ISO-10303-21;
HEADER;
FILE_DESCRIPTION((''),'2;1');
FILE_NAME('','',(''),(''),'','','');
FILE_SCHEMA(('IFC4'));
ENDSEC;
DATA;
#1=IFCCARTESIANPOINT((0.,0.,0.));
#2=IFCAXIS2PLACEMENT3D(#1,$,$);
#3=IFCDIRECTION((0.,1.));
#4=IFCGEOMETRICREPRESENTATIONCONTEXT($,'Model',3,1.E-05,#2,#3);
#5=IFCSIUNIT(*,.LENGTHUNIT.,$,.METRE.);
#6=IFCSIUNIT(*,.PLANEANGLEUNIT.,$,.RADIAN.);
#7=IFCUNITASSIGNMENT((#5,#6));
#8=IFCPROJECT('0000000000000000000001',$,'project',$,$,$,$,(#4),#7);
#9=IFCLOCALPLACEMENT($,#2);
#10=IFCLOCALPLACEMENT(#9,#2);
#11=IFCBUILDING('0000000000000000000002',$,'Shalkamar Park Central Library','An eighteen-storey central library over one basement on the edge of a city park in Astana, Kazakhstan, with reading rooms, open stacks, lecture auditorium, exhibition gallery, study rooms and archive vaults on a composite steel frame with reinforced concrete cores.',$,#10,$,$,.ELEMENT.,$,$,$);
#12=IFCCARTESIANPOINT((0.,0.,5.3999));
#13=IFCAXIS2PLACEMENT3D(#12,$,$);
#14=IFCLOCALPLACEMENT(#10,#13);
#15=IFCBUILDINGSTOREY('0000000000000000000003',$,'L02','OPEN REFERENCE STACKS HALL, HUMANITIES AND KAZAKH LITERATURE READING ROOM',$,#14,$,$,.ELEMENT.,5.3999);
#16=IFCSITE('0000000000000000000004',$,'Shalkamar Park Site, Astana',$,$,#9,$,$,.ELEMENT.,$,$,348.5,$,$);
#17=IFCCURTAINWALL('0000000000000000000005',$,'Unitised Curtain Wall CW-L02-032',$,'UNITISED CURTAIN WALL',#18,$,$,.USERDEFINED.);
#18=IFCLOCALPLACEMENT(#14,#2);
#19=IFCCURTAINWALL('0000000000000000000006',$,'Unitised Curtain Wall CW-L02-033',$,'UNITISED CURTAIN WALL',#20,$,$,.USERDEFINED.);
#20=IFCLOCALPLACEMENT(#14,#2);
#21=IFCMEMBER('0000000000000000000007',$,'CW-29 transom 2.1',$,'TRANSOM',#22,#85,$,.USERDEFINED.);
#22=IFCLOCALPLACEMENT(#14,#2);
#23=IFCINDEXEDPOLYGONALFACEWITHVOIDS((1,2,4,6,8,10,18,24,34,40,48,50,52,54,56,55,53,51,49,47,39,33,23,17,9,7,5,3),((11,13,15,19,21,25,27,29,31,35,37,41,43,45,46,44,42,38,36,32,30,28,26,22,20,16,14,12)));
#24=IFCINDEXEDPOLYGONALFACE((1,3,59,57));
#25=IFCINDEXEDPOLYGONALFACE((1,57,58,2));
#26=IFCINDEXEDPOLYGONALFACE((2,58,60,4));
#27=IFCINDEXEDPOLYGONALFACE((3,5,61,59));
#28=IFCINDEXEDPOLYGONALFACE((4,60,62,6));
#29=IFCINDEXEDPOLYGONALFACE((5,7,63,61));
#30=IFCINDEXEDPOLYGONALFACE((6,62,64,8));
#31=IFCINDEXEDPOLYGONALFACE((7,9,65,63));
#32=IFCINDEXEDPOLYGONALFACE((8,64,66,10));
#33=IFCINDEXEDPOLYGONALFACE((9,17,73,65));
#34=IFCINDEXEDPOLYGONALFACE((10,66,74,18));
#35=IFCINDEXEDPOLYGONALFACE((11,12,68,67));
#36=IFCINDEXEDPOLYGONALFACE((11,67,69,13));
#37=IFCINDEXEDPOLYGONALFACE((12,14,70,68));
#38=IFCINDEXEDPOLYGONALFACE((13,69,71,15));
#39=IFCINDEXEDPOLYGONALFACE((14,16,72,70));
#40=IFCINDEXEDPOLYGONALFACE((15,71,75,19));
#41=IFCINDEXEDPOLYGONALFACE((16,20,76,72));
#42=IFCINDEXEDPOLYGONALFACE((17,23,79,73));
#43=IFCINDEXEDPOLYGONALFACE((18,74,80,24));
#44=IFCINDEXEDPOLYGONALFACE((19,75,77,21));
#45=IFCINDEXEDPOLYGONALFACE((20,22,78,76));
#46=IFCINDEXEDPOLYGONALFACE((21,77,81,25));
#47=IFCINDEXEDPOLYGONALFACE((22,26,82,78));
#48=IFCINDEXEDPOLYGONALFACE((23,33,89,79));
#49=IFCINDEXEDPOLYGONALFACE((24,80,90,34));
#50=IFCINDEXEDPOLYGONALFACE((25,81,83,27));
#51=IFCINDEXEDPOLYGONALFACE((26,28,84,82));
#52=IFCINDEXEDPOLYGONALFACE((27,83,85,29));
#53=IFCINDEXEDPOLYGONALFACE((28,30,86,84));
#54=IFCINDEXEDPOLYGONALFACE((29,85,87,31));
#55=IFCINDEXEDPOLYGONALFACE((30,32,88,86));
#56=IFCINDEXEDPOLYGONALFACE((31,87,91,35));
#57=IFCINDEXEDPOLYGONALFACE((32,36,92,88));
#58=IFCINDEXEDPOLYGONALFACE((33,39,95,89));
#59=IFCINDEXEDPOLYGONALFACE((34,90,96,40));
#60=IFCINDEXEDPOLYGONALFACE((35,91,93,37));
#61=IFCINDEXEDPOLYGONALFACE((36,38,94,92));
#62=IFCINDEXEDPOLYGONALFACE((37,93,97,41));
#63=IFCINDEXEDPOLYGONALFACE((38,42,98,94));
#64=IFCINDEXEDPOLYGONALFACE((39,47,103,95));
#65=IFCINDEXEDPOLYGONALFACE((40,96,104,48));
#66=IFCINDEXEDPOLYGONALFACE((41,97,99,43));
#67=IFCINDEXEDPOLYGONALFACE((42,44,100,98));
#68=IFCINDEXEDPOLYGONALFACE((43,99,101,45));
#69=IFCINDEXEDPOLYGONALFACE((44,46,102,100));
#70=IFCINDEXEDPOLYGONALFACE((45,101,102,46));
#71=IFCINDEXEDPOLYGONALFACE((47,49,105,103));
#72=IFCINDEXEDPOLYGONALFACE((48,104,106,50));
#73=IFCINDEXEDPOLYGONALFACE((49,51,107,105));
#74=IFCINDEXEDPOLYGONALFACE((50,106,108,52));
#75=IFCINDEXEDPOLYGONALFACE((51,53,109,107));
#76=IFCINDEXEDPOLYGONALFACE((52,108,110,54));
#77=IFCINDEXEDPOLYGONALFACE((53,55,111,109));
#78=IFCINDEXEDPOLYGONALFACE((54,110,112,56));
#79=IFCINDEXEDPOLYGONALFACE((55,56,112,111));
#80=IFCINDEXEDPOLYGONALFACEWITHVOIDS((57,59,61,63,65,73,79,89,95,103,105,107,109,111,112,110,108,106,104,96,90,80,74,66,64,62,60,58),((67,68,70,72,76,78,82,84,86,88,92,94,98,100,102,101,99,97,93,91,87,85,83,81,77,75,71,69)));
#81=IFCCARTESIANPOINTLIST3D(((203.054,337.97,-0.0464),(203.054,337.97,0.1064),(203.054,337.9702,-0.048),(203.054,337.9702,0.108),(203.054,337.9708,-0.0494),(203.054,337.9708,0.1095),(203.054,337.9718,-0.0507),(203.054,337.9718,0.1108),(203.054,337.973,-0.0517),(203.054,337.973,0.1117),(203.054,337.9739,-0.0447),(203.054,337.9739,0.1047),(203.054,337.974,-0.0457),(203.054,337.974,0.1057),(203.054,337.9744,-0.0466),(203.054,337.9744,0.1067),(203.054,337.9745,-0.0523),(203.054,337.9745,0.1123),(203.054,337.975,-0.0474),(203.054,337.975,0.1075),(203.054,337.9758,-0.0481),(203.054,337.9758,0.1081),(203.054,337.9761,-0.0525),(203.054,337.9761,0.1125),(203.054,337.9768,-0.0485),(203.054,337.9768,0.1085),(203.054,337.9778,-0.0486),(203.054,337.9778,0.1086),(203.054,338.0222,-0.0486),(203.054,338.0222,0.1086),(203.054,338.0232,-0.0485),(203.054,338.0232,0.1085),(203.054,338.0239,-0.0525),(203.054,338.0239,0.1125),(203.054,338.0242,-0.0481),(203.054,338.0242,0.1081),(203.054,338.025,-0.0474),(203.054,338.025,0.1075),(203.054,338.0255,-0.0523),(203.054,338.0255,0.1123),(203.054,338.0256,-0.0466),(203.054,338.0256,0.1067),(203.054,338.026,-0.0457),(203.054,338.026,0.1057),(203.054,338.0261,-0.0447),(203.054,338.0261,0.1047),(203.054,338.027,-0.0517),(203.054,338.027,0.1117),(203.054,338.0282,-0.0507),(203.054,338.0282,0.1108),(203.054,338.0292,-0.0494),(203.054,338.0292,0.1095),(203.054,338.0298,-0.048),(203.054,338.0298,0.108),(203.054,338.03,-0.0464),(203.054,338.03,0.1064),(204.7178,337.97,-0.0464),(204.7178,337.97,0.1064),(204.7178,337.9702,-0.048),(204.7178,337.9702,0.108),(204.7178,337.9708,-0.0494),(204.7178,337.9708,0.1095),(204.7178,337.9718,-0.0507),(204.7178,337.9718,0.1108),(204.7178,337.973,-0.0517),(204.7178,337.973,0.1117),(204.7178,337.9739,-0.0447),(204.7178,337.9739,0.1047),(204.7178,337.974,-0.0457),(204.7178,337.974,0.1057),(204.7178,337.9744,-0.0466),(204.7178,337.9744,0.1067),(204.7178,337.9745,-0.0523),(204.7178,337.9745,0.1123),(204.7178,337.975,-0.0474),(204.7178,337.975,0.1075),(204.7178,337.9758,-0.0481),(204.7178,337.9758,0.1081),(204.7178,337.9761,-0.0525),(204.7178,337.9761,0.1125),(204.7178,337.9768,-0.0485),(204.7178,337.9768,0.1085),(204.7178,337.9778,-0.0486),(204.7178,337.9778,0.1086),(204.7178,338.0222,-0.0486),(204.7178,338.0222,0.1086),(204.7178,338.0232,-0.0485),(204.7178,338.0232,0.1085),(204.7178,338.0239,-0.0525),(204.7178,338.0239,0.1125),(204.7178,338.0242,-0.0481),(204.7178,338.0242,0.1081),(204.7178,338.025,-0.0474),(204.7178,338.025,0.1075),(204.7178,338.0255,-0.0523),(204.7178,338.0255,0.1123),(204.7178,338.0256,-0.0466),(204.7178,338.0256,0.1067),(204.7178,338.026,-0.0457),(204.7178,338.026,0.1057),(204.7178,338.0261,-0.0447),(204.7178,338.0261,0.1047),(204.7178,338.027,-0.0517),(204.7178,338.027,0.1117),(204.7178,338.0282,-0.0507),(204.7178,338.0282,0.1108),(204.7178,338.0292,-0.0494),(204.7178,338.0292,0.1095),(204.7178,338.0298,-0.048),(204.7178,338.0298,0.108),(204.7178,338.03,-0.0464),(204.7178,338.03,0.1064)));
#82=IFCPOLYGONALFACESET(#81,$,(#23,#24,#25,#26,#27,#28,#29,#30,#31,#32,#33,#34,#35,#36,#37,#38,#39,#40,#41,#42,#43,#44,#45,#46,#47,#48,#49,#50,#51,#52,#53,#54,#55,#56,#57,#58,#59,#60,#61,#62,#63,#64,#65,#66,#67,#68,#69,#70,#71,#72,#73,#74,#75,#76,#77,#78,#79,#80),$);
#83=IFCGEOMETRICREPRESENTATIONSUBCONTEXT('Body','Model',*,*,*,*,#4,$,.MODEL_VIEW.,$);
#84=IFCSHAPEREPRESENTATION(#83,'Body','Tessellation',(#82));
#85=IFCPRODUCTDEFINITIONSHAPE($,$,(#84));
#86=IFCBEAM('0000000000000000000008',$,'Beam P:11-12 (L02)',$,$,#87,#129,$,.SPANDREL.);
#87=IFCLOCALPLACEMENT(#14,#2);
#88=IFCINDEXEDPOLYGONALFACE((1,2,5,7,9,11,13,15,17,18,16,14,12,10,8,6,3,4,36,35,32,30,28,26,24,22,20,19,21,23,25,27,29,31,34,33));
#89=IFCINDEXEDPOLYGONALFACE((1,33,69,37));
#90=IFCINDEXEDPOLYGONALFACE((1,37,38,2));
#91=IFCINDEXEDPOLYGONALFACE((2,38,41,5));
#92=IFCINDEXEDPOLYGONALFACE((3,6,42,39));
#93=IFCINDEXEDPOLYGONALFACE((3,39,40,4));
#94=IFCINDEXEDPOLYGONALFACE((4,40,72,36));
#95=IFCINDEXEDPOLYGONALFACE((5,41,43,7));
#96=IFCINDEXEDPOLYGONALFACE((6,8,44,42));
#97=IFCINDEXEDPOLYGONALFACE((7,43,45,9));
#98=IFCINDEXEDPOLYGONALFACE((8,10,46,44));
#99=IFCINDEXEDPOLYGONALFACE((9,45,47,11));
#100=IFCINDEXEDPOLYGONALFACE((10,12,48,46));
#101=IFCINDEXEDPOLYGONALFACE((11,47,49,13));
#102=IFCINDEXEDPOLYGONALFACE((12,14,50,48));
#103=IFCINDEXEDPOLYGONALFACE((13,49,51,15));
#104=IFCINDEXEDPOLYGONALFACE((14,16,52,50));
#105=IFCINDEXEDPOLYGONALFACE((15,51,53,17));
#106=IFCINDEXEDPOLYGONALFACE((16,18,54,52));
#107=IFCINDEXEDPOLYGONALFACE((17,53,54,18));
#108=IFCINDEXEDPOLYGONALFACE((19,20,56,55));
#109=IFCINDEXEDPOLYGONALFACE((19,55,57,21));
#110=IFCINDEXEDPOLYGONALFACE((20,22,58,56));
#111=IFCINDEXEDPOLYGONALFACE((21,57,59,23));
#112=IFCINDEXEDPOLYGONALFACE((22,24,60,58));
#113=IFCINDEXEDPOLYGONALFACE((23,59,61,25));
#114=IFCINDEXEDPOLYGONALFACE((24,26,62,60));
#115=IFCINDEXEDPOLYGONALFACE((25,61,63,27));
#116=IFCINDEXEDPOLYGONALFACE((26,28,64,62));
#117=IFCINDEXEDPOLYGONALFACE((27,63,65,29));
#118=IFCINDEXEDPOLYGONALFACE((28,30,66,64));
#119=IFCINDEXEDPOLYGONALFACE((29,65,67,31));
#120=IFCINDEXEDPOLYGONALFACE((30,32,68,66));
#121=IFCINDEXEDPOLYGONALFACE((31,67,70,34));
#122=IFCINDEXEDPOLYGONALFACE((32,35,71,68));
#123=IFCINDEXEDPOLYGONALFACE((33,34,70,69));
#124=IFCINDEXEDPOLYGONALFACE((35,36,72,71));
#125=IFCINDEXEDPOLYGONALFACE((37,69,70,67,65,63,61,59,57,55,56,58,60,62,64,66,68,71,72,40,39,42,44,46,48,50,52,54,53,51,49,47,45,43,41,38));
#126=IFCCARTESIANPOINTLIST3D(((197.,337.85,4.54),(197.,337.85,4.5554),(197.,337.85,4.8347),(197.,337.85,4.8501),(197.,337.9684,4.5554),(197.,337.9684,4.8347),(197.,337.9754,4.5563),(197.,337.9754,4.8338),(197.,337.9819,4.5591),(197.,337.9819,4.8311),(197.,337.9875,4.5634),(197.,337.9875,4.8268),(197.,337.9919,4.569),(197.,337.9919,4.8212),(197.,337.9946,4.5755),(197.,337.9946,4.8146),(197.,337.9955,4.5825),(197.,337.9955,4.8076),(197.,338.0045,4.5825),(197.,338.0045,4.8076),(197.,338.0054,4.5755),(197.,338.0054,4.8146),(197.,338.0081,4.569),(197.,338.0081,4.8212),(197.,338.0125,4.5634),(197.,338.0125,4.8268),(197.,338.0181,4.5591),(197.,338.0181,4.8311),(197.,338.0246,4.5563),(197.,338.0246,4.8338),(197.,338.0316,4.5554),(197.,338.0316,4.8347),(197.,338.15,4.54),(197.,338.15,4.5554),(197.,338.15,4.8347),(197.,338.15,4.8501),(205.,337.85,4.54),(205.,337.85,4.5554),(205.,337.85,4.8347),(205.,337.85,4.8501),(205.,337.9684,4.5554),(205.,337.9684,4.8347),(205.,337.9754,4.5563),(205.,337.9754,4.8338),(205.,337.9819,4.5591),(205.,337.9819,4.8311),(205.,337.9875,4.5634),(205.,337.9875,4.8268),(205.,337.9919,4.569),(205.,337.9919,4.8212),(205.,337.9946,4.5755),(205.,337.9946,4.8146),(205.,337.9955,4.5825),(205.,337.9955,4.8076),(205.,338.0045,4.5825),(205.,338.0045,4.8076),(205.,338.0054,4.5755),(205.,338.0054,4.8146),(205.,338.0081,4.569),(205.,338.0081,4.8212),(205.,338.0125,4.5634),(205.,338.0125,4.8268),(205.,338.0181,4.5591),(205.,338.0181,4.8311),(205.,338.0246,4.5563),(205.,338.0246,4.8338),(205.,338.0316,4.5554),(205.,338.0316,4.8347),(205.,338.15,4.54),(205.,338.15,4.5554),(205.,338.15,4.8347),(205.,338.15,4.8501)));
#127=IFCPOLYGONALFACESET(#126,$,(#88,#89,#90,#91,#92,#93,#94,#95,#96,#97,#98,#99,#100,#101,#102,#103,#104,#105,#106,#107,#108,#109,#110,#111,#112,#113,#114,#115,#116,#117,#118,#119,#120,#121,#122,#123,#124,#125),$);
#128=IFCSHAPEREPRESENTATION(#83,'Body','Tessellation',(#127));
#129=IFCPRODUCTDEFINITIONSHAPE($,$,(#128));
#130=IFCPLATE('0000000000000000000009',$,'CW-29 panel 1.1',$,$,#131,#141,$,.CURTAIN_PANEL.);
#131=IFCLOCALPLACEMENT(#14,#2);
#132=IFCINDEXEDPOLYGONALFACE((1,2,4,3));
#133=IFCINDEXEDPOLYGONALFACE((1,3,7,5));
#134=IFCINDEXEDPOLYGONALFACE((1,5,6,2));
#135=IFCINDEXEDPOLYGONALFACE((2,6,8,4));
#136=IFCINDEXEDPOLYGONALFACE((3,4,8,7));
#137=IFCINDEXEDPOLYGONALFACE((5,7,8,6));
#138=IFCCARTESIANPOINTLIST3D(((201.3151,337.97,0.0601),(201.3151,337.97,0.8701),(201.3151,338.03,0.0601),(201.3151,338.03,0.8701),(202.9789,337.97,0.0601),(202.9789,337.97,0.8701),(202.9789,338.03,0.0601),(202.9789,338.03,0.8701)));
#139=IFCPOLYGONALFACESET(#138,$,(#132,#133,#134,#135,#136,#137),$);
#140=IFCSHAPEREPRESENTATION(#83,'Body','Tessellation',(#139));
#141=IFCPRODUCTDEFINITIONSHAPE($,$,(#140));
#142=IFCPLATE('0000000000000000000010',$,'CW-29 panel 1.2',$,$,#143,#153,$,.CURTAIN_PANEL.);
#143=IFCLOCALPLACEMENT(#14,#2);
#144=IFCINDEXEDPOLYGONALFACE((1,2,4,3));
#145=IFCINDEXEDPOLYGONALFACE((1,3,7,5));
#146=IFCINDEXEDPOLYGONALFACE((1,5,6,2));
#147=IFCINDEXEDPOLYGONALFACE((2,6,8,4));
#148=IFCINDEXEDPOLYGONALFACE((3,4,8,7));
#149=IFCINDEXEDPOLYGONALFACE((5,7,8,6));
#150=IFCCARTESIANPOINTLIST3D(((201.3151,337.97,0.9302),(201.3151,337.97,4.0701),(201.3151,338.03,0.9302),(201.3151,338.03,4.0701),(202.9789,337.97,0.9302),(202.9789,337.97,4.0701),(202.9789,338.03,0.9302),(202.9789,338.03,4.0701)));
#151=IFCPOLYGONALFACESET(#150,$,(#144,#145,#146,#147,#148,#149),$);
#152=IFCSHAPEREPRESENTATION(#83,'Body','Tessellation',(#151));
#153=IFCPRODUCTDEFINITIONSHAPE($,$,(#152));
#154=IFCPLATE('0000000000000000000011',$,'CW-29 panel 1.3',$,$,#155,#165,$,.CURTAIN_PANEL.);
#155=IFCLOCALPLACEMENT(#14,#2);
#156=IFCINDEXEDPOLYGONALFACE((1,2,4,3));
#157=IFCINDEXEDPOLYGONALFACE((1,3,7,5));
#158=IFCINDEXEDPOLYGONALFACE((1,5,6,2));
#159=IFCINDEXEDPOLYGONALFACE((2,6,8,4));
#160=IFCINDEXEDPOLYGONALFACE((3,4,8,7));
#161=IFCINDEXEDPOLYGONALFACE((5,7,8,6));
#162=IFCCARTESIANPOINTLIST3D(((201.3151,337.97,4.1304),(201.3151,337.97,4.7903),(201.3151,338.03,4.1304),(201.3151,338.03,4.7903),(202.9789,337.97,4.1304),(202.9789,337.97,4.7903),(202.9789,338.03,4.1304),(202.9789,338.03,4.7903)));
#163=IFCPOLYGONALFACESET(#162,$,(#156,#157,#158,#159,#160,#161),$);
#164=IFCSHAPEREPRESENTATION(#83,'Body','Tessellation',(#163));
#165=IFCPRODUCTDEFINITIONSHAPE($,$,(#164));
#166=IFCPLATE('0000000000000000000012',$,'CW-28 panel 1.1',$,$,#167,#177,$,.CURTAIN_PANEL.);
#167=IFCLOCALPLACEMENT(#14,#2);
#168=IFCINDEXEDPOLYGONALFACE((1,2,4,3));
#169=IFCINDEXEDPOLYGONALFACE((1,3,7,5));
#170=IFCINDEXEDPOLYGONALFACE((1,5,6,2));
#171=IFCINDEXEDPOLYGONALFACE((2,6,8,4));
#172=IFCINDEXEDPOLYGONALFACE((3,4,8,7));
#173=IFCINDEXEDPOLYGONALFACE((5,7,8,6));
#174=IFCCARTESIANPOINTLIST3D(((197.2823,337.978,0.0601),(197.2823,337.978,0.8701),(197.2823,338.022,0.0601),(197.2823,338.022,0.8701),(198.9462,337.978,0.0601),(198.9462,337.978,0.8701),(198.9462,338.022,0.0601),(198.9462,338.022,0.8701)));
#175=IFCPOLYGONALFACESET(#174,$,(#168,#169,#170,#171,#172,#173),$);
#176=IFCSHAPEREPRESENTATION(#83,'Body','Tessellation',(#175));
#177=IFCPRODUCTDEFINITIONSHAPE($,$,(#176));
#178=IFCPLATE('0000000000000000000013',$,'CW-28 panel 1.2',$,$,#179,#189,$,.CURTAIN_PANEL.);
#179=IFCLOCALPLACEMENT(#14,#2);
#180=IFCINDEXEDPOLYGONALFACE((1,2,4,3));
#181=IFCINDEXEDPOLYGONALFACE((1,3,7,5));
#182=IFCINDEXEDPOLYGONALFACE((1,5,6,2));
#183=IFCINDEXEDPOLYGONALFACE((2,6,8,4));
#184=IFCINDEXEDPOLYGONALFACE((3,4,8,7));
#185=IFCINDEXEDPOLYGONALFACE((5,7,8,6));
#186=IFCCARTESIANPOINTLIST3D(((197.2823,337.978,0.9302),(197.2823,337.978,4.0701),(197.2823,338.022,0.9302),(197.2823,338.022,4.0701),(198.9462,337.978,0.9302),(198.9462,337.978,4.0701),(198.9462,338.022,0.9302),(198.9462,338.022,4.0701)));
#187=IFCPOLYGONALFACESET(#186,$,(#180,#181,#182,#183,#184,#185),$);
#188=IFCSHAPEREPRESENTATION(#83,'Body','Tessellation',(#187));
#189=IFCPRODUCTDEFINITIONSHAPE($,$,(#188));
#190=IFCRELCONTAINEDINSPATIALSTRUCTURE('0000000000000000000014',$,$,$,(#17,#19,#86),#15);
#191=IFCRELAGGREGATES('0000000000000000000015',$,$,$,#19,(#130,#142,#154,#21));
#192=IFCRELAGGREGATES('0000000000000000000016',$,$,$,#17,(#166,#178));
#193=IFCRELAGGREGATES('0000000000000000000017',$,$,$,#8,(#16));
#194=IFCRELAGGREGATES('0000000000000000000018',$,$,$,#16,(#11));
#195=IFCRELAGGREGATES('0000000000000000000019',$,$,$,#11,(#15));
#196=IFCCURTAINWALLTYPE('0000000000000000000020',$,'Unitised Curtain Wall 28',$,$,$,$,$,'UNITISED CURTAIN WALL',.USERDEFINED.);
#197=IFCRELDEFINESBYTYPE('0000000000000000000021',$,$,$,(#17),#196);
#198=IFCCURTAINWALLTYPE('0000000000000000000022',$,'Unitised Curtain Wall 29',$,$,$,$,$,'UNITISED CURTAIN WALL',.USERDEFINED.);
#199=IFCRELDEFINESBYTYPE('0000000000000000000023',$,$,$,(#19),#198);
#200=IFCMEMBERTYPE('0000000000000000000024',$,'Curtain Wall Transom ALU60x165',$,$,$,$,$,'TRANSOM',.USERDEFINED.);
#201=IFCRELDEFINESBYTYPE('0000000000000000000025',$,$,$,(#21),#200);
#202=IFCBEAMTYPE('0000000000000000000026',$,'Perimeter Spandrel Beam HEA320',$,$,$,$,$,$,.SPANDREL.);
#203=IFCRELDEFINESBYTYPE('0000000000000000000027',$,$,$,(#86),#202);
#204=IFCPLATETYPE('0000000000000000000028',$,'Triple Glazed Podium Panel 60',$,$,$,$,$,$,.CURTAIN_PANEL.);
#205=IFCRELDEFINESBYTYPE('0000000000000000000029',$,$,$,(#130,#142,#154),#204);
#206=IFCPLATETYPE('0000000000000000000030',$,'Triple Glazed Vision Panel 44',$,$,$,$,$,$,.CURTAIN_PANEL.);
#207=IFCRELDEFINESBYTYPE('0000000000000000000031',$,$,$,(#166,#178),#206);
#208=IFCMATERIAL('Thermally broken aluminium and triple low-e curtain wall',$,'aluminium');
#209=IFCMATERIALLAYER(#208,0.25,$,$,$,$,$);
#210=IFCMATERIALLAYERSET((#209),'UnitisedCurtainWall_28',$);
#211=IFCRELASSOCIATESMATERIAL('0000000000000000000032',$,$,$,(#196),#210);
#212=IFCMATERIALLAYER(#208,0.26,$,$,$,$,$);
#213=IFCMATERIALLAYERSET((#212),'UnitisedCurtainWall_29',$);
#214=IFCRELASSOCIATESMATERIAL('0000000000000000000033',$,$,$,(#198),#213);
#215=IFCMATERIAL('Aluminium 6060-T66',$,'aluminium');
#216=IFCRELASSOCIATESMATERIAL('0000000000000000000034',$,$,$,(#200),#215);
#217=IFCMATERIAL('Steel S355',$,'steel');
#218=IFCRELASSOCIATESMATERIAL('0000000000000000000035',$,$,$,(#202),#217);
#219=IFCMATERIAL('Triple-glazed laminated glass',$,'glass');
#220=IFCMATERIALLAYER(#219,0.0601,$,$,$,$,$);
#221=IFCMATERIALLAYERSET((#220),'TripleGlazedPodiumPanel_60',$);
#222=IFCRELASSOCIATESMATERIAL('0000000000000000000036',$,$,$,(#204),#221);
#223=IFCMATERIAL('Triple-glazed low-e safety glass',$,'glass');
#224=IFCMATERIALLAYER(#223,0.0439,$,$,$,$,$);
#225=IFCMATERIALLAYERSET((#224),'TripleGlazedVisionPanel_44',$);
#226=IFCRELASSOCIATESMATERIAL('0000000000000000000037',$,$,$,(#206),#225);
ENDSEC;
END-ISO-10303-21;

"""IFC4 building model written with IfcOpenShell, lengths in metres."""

from ifc_helpers import new_model, si_unit, direction, frame, origin, origin_2d, place, context, subcontext, project, spatial, rectangle, hollow_rectangle, i_section, extrude, material, layer, layer_set, material_profile, profile_set, type_object, element, aggregate, save


model = new_model("IFC4")

# Units and contexts
model_context = context("Model", 3, precision=1e-05, world=origin(), true_north=direction((0.0, 1.0)))
body_context = subcontext(model_context, "Body", "Model", "MODEL_VIEW")
ifc_project = project(units=[si_unit("LENGTHUNIT", "METRE"), si_unit("PLANEANGLEUNIT", "RADIAN")], contexts=[model_context])

# Site, building, storey
site_placement = place(None, origin())
site = spatial("IfcSite", under=ifc_project, at=site_placement, Name="Shalkamar Park Site, Astana", CompositionType="ELEMENT", RefElevation=348.5)
building_placement = place(site_placement, origin())
building = spatial("IfcBuilding", under=site, at=building_placement, Name="Shalkamar Park Central Library", Description="An eighteen-storey central library over one basement on the edge of a city park in Astana, Kazakhstan, with reading rooms, open stacks, lecture auditorium, exhibition gallery, study rooms and archive vaults on a composite steel frame with reinforced concrete cores.", CompositionType="ELEMENT")
storey_placement = place(building_placement, frame((0.0, 0.0, 5.3999)))
storey = spatial("IfcBuildingStorey", under=building, at=storey_placement, Name="L02", Description="OPEN REFERENCE STACKS HALL, HUMANITIES AND KAZAKH LITERATURE READING ROOM", CompositionType="ELEMENT", Elevation=5.3999)

# Shared definitions
ifc_material_1 = material(Name="Steel S355", Category="steel")

# Curtain walls
ifc_material_2 = material(Name="Thermally broken aluminium and triple low-e curtain wall", Category="aluminium")
ifc_layer_1 = layer(ifc_material_2, 0.25)
ifc_layer_set_1 = layer_set([ifc_layer_1], Name="UnitisedCurtainWall_28")
curtain_wall_type_1 = type_object("IfcCurtainWallType", Name="Unitised Curtain Wall 28", ElementType="UNITISED CURTAIN WALL", PredefinedType="USERDEFINED", material=ifc_layer_set_1)
curtain_wall_1_placement = place(storey_placement, origin())
curtain_wall_1 = element("IfcCurtainWall", 1, at=curtain_wall_1_placement, inside=storey, type_object=curtain_wall_type_1, Name="Unitised Curtain Wall CW-L02-032", ObjectType="UNITISED CURTAIN WALL", PredefinedType="USERDEFINED")
ifc_material_3 = material(Name="Aluminium 6060-T66", Category="aluminium")
ifc_layer_2 = layer(ifc_material_2, 0.26)
ifc_layer_set_2 = layer_set([ifc_layer_2], Name="UnitisedCurtainWall_29")
curtain_wall_type_2 = type_object("IfcCurtainWallType", Name="Unitised Curtain Wall 29", ElementType="UNITISED CURTAIN WALL", PredefinedType="USERDEFINED", material=ifc_layer_set_2)
curtain_wall_2_placement = place(storey_placement, origin())
curtain_wall_2 = element("IfcCurtainWall", 2, at=curtain_wall_2_placement, inside=storey, type_object=curtain_wall_type_2, Name="Unitised Curtain Wall CW-L02-033", ObjectType="UNITISED CURTAIN WALL", PredefinedType="USERDEFINED")

# Member
ifc_material_profile_1 = material_profile(ifc_material_3, hollow_rectangle(XDim=0.0601, YDim=0.165, WallThickness=0.0039, InnerFilletRadius=0.0039, OuterFilletRadius=0.0061, at=origin_2d()), Name="ALU 60x165x4")
ifc_profile_set_1 = profile_set([ifc_material_profile_1], Name="Aluminium 6060-T66")
member_type_1 = type_object("IfcMemberType", Name="Curtain Wall Transom ALU60x165", ElementType="TRANSOM", PredefinedType="USERDEFINED", material=ifc_profile_set_1)
member_1_placement = place(storey_placement, frame((203.054, 338.0, 0.03), z_axis=(1.0, 0.0, 0.0), x_axis=(0.0, 1.0, 0.0)))
member_1 = element("IfcMember", 3, at=member_1_placement, type_object=member_type_1, Name="CW-29 transom 2.1", ObjectType="TRANSOM", PredefinedType="USERDEFINED", context=body_context, shape_type="SweptSolid", body=[
    extrude(hollow_rectangle(XDim=0.0601, YDim=0.165, WallThickness=0.0039, InnerFilletRadius=0.0039, OuterFilletRadius=0.0061, at=origin_2d()), origin(), (0.0, 0.0, 1.0), 1.6638),
])

# Beam
ifc_material_profile_2 = material_profile(ifc_material_1, i_section(OverallWidth=0.3, OverallDepth=0.3101, WebThickness=0.009, FlangeThickness=0.0154, FilletRadius=0.0271, at=origin_2d()), Name="HEA 320")
ifc_profile_set_2 = profile_set([ifc_material_profile_2], Name="Steel S355")
beam_type_1 = type_object("IfcBeamType", Name="Perimeter Spandrel Beam HEA320", PredefinedType="SPANDREL", material=ifc_profile_set_2)
beam_1_placement = place(storey_placement, frame((197.0, 338.0, 4.6951), z_axis=(1.0, 0.0, 0.0), x_axis=(0.0, 1.0, 0.0)))
element("IfcBeam", 4, at=beam_1_placement, inside=storey, type_object=beam_type_1, Name="Beam P:11-12 (L02)", PredefinedType="SPANDREL", context=body_context, shape_type="SweptSolid", body=[
    extrude(i_section(OverallWidth=0.3, OverallDepth=0.3101, WebThickness=0.009, FlangeThickness=0.0154, FilletRadius=0.0271, at=origin_2d()), origin(), (0.0, 0.0, 1.0), 8.0),
])

# Plates
ifc_material_4 = material(Name="Triple-glazed laminated glass", Category="glass")
ifc_layer_3 = layer(ifc_material_4, 0.0601)
ifc_layer_set_3 = layer_set([ifc_layer_3], Name="TripleGlazedPodiumPanel_60")
plate_type_1 = type_object("IfcPlateType", Name="Triple Glazed Podium Panel 60", PredefinedType="CURTAIN_PANEL", material=ifc_layer_set_3)
plate_1_placement = place(storey_placement, frame((202.147, 338.0, 0.0601), z_axis=(0.0, 0.0, 1.0), x_axis=(1.0, 0.0, 0.0)))
plate_1 = element("IfcPlate", 5, at=plate_1_placement, type_object=plate_type_1, Name="CW-29 panel 1.1", PredefinedType="CURTAIN_PANEL", context=body_context, shape_type="SweptSolid", body=[
    extrude(rectangle(XDim=1.6638, YDim=0.0601, at=origin_2d()), origin(), (0.0, 0.0, 1.0), 0.8101),
])
plate_2_placement = place(storey_placement, frame((202.147, 338.0, 0.9302), z_axis=(0.0, 0.0, 1.0), x_axis=(1.0, 0.0, 0.0)))
plate_2 = element("IfcPlate", 6, at=plate_2_placement, type_object=plate_type_1, Name="CW-29 panel 1.2", PredefinedType="CURTAIN_PANEL", context=body_context, shape_type="SweptSolid", body=[
    extrude(rectangle(XDim=1.6638, YDim=0.0601, at=origin_2d()), origin(), (0.0, 0.0, 1.0), 3.1399),
])
plate_3_placement = place(storey_placement, frame((202.147, 338.0, 4.1304), z_axis=(0.0, 0.0, 1.0), x_axis=(1.0, 0.0, 0.0)))
plate_3 = element("IfcPlate", 7, at=plate_3_placement, type_object=plate_type_1, Name="CW-29 panel 1.3", PredefinedType="CURTAIN_PANEL", context=body_context, shape_type="SweptSolid", body=[
    extrude(rectangle(XDim=1.6638, YDim=0.0601, at=origin_2d()), origin(), (0.0, 0.0, 1.0), 0.6599),
])
aggregate(curtain_wall_2, [plate_1, plate_2, plate_3, member_1])
ifc_material_5 = material(Name="Triple-glazed low-e safety glass", Category="glass")
ifc_layer_4 = layer(ifc_material_5, 0.0439)
ifc_layer_set_4 = layer_set([ifc_layer_4], Name="TripleGlazedVisionPanel_44")
plate_type_2 = type_object("IfcPlateType", Name="Triple Glazed Vision Panel 44", PredefinedType="CURTAIN_PANEL", material=ifc_layer_set_4)
plate_4_placement = place(storey_placement, frame((198.1143, 338.0, 0.0601), z_axis=(0.0, 0.0, 1.0), x_axis=(1.0, 0.0, 0.0)))
plate_4 = element("IfcPlate", 8, at=plate_4_placement, type_object=plate_type_2, Name="CW-28 panel 1.1", PredefinedType="CURTAIN_PANEL", context=body_context, shape_type="SweptSolid", body=[
    extrude(rectangle(XDim=1.6638, YDim=0.0439, at=origin_2d()), origin(), (0.0, 0.0, 1.0), 0.8101),
])
plate_5_placement = place(storey_placement, frame((198.1143, 338.0, 0.9302), z_axis=(0.0, 0.0, 1.0), x_axis=(1.0, 0.0, 0.0)))
plate_5 = element("IfcPlate", 9, at=plate_5_placement, type_object=plate_type_2, Name="CW-28 panel 1.2", PredefinedType="CURTAIN_PANEL", context=body_context, shape_type="SweptSolid", body=[
    extrude(rectangle(XDim=1.6638, YDim=0.0439, at=origin_2d()), origin(), (0.0, 0.0, 1.0), 3.1399),
])
aggregate(curtain_wall_1, [plate_4, plate_5])

save(model, "model.ifc")
